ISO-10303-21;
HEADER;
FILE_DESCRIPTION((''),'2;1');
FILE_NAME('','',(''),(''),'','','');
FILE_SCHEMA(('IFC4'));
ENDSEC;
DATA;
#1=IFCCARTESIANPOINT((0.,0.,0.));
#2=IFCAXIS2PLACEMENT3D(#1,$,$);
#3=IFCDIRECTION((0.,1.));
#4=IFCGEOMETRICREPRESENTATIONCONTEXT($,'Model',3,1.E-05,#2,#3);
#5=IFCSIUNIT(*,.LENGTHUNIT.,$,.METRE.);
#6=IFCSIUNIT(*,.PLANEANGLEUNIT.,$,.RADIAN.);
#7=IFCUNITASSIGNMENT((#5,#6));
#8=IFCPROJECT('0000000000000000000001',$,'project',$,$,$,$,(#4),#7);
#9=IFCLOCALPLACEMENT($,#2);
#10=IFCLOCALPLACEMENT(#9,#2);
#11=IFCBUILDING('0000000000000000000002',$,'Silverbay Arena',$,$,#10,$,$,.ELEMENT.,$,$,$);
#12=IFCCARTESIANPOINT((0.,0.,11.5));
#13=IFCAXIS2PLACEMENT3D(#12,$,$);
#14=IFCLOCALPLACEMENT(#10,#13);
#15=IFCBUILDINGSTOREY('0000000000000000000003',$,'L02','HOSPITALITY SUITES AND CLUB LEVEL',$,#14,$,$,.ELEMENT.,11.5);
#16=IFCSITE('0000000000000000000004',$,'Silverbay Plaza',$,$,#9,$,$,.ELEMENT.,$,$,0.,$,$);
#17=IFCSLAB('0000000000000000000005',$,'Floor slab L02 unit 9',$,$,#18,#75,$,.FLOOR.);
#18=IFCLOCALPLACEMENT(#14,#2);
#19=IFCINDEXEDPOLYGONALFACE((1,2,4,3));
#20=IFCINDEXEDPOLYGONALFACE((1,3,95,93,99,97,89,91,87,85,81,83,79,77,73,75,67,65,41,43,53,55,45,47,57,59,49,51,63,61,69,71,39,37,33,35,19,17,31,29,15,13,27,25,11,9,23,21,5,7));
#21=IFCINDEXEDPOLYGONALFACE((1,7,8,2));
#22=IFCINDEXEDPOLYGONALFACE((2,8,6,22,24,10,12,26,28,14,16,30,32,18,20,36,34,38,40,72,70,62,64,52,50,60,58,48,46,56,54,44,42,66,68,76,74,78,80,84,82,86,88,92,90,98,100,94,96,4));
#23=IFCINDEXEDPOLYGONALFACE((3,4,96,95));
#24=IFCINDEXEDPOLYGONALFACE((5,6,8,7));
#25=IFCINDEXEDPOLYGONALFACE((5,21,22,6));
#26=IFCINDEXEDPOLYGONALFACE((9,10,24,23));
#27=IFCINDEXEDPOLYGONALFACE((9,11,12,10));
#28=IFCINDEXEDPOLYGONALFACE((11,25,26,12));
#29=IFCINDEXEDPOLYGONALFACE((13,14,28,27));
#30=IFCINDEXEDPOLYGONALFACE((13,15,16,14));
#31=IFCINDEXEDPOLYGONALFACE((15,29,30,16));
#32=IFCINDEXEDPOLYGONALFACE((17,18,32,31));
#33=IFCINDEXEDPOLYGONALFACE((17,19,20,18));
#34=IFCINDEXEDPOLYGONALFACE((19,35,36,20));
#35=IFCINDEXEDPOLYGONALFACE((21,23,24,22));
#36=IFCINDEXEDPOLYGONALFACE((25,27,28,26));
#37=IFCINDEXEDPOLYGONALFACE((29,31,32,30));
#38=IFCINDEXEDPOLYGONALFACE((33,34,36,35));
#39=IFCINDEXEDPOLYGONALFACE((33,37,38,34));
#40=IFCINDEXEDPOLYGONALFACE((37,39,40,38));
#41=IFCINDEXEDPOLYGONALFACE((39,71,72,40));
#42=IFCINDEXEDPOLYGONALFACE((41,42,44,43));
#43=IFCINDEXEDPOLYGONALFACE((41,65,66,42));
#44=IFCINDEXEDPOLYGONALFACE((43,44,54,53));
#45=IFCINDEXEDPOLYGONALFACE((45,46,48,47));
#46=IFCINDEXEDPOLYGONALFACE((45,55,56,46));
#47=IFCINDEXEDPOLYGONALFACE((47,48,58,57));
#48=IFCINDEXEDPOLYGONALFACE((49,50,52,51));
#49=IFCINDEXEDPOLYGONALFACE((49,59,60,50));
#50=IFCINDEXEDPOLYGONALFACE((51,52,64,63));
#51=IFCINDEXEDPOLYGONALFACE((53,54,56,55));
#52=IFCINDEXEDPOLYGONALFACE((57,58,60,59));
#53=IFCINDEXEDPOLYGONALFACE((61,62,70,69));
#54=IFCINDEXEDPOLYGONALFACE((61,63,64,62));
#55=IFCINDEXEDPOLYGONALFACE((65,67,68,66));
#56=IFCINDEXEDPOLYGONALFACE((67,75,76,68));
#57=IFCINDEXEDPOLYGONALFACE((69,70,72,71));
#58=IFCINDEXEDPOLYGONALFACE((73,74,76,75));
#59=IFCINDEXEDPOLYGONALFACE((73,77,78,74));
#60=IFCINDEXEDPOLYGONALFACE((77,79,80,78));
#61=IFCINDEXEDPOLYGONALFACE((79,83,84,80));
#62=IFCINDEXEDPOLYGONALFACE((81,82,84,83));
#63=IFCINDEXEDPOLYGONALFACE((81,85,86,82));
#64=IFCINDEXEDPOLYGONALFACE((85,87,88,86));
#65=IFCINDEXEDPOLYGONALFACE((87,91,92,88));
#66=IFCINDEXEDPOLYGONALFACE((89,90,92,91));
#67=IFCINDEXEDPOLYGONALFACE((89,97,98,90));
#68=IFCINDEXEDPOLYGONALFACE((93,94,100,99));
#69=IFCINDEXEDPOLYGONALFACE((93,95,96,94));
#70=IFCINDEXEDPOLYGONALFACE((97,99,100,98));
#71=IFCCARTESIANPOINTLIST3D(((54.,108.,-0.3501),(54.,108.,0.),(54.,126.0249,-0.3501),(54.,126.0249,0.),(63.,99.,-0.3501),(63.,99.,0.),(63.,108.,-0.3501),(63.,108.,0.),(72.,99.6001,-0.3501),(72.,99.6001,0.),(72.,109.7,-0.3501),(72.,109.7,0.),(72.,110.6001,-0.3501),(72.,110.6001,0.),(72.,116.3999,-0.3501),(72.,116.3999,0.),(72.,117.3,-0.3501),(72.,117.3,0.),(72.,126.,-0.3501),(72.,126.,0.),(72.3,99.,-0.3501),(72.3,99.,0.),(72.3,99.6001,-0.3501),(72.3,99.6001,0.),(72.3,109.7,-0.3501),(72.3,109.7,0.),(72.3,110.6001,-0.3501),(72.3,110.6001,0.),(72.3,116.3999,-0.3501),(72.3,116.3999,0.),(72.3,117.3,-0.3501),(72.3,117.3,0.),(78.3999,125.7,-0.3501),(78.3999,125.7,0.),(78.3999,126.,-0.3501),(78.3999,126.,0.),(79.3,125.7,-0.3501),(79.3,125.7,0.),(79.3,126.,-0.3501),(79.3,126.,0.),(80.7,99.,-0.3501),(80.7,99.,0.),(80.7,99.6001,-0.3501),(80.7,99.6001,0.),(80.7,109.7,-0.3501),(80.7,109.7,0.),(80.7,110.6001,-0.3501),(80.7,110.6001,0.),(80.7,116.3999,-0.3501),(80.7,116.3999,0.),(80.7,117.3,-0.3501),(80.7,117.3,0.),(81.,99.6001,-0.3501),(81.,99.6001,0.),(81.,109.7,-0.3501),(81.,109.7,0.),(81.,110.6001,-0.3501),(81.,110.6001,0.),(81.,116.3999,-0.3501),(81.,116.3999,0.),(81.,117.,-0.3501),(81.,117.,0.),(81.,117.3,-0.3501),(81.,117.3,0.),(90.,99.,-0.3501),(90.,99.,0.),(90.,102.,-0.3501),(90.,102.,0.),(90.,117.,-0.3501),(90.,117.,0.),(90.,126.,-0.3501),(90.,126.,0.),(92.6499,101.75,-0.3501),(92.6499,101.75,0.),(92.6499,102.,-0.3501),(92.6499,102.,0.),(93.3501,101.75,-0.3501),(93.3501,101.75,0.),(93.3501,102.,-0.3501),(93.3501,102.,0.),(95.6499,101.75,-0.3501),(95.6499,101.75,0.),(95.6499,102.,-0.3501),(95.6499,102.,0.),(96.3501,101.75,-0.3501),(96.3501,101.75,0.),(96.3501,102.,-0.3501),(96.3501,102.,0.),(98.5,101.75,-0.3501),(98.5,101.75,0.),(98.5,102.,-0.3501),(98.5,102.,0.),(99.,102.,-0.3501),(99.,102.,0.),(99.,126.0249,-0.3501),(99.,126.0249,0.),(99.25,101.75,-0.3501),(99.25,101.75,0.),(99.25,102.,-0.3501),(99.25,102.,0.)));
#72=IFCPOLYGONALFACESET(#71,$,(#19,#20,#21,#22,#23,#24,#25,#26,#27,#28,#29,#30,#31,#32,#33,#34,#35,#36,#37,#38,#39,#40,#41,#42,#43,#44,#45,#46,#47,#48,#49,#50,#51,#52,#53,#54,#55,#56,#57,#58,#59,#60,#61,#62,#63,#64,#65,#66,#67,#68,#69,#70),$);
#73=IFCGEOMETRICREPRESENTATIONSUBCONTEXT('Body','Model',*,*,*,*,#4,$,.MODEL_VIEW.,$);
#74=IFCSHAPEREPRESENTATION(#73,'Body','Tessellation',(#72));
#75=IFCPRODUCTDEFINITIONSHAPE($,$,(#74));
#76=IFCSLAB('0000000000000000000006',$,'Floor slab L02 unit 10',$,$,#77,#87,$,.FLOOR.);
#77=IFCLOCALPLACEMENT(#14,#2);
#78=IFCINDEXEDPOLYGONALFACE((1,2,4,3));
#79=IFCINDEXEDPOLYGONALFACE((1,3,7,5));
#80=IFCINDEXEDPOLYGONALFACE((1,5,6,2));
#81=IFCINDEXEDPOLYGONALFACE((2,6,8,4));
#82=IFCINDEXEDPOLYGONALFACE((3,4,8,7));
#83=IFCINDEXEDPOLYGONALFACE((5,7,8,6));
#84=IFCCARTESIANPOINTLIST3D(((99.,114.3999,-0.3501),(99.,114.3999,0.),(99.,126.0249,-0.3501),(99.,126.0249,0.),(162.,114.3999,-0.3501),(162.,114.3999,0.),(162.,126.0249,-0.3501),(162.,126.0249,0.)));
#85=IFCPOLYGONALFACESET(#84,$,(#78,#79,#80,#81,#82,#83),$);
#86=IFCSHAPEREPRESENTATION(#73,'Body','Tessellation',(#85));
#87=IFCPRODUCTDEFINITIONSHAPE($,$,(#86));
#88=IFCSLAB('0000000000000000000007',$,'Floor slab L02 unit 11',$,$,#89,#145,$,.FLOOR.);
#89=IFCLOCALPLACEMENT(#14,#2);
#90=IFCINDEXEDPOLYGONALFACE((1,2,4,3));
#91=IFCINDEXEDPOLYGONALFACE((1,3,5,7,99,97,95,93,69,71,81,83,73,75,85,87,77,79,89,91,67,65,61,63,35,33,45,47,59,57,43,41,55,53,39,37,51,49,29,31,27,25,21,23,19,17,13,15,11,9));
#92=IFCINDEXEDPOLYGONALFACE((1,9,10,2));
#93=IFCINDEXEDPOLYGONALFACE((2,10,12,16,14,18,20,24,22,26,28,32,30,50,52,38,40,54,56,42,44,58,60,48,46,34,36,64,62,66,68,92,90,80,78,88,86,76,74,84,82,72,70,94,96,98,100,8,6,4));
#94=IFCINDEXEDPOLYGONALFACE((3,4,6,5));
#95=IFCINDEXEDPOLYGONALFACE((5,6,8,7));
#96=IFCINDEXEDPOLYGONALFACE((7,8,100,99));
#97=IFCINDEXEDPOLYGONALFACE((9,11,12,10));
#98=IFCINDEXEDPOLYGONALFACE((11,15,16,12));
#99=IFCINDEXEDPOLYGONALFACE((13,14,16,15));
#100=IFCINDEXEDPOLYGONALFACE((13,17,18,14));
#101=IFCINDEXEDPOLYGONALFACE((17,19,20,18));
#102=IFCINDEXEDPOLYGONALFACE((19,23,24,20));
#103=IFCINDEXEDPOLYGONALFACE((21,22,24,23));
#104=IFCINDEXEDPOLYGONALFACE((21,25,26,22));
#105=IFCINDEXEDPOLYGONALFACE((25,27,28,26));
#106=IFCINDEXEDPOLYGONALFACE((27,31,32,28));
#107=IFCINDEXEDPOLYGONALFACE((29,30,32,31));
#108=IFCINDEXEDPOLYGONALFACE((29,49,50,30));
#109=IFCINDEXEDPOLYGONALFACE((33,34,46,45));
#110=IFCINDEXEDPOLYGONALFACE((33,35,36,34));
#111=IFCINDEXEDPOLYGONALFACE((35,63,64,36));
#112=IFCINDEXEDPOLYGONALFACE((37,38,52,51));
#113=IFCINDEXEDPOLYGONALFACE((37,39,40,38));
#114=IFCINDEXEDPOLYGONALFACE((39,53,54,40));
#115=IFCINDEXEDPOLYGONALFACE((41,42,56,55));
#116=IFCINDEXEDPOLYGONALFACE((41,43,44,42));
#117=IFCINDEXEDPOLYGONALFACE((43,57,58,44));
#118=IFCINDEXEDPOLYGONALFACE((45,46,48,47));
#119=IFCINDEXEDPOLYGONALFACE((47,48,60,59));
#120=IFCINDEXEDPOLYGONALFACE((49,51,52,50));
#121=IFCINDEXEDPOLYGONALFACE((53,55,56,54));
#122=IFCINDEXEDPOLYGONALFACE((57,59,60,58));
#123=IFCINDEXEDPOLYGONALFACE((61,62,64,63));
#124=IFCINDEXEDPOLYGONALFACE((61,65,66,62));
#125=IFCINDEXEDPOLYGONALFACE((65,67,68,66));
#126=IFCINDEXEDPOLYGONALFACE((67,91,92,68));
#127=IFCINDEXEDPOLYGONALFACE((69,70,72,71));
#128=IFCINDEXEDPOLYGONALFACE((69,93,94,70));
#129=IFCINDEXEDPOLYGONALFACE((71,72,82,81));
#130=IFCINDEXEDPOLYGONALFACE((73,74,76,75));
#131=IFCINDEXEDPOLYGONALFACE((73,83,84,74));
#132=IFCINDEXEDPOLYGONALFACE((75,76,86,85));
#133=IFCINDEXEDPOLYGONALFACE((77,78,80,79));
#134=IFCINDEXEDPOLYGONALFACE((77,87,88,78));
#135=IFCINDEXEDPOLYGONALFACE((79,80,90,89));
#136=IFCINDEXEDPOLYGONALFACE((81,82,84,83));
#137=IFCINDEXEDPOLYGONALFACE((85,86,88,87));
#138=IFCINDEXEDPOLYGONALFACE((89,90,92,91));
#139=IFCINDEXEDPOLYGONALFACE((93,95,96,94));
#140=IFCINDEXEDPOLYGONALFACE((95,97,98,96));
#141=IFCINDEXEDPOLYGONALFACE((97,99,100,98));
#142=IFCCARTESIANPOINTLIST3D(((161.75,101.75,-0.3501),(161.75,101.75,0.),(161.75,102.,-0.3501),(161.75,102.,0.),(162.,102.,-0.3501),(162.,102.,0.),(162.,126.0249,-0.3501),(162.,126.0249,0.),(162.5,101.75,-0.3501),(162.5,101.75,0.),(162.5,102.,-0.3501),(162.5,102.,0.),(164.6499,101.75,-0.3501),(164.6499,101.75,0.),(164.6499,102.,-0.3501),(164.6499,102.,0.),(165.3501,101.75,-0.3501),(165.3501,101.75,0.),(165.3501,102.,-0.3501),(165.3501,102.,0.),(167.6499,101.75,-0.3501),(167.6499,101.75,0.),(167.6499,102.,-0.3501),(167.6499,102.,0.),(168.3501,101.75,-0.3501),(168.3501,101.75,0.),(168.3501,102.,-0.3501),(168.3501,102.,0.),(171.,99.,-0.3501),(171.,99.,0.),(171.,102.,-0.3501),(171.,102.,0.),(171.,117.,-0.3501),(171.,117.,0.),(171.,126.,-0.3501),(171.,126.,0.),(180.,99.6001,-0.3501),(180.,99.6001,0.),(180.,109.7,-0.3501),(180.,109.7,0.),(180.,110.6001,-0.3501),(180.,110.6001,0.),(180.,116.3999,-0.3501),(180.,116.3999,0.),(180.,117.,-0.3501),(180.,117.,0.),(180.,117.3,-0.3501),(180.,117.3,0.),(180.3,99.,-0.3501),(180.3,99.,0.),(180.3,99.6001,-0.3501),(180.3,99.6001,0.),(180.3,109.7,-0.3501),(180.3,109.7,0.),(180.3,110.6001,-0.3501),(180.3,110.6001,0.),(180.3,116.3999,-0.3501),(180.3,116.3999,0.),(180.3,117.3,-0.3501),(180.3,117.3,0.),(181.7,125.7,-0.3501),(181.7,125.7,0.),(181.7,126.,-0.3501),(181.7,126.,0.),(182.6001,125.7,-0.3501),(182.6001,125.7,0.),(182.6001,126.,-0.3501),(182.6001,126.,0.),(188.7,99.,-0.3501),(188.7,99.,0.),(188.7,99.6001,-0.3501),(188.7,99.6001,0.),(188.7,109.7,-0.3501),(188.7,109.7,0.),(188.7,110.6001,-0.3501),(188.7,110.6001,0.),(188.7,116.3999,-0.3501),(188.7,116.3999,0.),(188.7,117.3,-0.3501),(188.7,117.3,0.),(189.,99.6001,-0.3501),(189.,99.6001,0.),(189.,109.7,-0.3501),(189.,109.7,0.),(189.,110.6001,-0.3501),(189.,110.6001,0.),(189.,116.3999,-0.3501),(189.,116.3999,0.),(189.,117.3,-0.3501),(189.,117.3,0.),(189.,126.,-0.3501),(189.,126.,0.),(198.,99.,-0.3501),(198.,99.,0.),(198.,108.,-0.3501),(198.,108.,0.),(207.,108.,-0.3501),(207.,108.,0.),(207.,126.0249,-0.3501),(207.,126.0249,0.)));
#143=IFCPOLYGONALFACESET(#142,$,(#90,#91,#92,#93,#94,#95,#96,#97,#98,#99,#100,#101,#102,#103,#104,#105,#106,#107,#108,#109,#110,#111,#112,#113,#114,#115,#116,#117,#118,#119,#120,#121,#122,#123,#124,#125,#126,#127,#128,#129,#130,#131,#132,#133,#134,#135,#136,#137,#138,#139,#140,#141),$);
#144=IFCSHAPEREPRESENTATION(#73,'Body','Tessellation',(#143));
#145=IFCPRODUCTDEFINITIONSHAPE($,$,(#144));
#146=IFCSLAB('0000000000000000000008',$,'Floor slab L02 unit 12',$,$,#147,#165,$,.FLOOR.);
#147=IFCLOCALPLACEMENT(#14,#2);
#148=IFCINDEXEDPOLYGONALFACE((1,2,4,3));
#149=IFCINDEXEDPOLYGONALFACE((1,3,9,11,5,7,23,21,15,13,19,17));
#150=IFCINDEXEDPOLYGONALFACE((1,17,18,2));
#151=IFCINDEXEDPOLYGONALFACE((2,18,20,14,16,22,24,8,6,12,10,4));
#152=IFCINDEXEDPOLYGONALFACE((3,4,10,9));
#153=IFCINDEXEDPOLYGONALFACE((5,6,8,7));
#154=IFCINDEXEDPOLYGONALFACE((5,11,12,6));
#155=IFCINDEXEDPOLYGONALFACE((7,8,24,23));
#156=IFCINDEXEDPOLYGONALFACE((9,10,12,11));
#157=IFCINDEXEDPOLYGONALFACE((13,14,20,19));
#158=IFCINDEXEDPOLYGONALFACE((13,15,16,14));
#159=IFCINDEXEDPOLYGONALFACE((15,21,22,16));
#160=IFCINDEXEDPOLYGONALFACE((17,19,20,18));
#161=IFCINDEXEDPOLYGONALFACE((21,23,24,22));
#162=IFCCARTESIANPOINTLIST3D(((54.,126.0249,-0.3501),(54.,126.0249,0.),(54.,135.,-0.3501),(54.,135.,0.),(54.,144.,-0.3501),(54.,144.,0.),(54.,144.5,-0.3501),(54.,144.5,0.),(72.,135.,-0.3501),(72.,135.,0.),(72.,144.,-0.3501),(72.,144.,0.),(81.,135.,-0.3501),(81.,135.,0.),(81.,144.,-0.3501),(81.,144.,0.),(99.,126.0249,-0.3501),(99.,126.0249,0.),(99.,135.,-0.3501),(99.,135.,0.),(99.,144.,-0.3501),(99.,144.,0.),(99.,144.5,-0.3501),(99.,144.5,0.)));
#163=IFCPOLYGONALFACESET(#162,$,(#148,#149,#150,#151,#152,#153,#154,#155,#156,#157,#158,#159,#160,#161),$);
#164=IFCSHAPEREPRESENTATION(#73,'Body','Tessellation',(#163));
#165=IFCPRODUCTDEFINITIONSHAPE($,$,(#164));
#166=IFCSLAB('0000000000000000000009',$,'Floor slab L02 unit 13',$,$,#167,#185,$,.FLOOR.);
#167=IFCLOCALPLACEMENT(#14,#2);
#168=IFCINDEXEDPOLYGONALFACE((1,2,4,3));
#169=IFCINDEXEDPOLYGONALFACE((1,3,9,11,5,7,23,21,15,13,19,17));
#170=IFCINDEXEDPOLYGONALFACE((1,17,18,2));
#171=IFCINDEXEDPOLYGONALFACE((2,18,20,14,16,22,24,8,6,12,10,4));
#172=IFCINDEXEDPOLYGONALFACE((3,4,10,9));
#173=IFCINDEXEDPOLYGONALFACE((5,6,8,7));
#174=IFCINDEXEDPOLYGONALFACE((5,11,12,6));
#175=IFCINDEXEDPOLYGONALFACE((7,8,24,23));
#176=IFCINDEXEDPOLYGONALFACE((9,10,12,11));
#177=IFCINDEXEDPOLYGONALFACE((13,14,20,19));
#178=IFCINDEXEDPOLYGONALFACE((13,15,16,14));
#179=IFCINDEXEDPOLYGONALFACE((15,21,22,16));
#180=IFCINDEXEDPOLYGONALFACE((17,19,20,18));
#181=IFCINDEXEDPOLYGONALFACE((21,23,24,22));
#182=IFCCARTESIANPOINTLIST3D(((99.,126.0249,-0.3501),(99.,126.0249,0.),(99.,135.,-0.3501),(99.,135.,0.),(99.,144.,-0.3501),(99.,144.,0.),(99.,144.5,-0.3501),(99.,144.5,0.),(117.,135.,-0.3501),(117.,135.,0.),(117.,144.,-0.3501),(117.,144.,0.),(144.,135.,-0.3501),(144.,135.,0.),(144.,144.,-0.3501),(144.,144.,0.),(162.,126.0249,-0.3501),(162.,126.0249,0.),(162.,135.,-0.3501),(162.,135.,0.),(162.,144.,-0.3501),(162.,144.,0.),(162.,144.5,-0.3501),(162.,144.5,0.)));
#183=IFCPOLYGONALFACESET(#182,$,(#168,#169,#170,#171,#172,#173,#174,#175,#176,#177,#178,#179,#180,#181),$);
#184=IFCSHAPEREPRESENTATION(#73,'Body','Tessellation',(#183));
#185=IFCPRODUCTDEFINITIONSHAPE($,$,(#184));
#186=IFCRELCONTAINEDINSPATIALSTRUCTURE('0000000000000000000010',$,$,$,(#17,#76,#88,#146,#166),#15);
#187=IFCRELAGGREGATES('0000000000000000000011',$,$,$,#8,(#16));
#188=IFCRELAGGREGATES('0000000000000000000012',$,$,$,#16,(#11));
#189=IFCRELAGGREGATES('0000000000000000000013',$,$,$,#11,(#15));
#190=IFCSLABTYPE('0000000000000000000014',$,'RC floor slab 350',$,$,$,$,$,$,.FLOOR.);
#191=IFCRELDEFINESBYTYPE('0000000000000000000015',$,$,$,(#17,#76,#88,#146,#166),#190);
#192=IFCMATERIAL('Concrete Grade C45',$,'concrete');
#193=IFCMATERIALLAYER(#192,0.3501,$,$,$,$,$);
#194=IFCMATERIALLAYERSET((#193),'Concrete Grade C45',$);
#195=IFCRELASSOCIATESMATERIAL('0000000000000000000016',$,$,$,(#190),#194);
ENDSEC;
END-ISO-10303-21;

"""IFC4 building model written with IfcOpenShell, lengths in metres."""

from ifc_helpers import new_model, si_unit, direction, frame, origin, place, context, subcontext, project, spatial, polyline, outline, extrude, material, layer, layer_set, type_object, element, save


model = new_model("IFC4")

# Units and contexts
model_context = context("Model", 3, precision=1e-05, world=origin(), true_north=direction((0.0, 1.0)))
body_context = subcontext(model_context, "Body", "Model", "MODEL_VIEW")
ifc_project = project(units=[si_unit("LENGTHUNIT", "METRE"), si_unit("PLANEANGLEUNIT", "RADIAN")], contexts=[model_context])

# Site, building, storey
site_placement = place(None, origin())
site = spatial("IfcSite", under=ifc_project, at=site_placement, Name="Silverbay Plaza", CompositionType="ELEMENT", RefElevation=0.0)
building_placement = place(site_placement, origin())
building = spatial("IfcBuilding", under=site, at=building_placement, Name="Silverbay Arena", CompositionType="ELEMENT")
storey_placement = place(building_placement, frame((0.0, 0.0, 11.5)))
storey = spatial("IfcBuildingStorey", under=building, at=storey_placement, Name="L02", Description="HOSPITALITY SUITES AND CLUB LEVEL", CompositionType="ELEMENT", Elevation=11.5)

# Slabs
ifc_material_1 = material(Name="Concrete Grade C45", Category="concrete")
ifc_layer_1 = layer(ifc_material_1, 0.3501)
ifc_layer_set_1 = layer_set([ifc_layer_1], Name="Concrete Grade C45")
slab_type_1 = type_object("IfcSlabType", Name="RC floor slab 350", PredefinedType="FLOOR", material=ifc_layer_set_1)
slab_1_placement = place(storey_placement, frame((0.0, 0.0, -0.3501)))
element("IfcSlab", 1, at=slab_1_placement, inside=storey, type_object=slab_type_1, Name="Floor slab L02 unit 9", PredefinedType="FLOOR", context=body_context, shape_type="SweptSolid", body=[
    extrude(outline(polyline([(72.3, 99.0), (63.0, 99.0), (63.0, 108.0), (54.0, 108.0), (54.0, 126.0249), (99.0, 126.0249), (99.0, 102.0), (99.25, 102.0), (99.25, 101.75), (98.5, 101.75), (98.5, 102.0), (96.3501, 102.0), (96.3501, 101.75), (95.6499, 101.75), (95.6499, 102.0), (93.3501, 102.0), (93.3501, 101.75), (92.6499, 101.75), (92.6499, 102.0), (90.0, 102.0), (90.0, 99.0), (80.7, 99.0), (80.7, 99.6001), (81.0, 99.6001), (81.0, 109.7), (80.7, 109.7), (80.7, 110.6001), (81.0, 110.6001), (81.0, 116.3999), (80.7, 116.3999), (80.7, 117.3), (81.0, 117.3), (81.0, 117.0), (90.0, 117.0), (90.0, 126.0), (79.3, 126.0), (79.3, 125.7), (78.3999, 125.7), (78.3999, 126.0), (72.0, 126.0), (72.0, 117.3), (72.3, 117.3), (72.3, 116.3999), (72.0, 116.3999), (72.0, 110.6001), (72.3, 110.6001), (72.3, 109.7), (72.0, 109.7), (72.0, 99.6001), (72.3, 99.6001), (72.3, 99.0)])), origin(), (0.0, 0.0, 1.0), 0.3501),
])
slab_2_placement = place(storey_placement, frame((0.0, 0.0, -0.3501)))
element("IfcSlab", 2, at=slab_2_placement, inside=storey, type_object=slab_type_1, Name="Floor slab L02 unit 10", PredefinedType="FLOOR", context=body_context, shape_type="SweptSolid", body=[
    extrude(outline(polyline([(162.0, 126.0249), (162.0, 114.3999), (99.0, 114.3999), (99.0, 126.0249), (162.0, 126.0249)])), origin(), (0.0, 0.0, 1.0), 0.3501),
])
slab_3_placement = place(storey_placement, frame((0.0, 0.0, -0.3501)))
element("IfcSlab", 3, at=slab_3_placement, inside=storey, type_object=slab_type_1, Name="Floor slab L02 unit 11", PredefinedType="FLOOR", context=body_context, shape_type="SweptSolid", body=[
    extrude(outline(polyline([(180.3, 99.0), (171.0, 99.0), (171.0, 102.0), (168.3501, 102.0), (168.3501, 101.75), (167.6499, 101.75), (167.6499, 102.0), (165.3501, 102.0), (165.3501, 101.75), (164.6499, 101.75), (164.6499, 102.0), (162.5, 102.0), (162.5, 101.75), (161.75, 101.75), (161.75, 102.0), (162.0, 102.0), (162.0, 126.0249), (207.0, 126.0249), (207.0, 108.0), (198.0, 108.0), (198.0, 99.0), (188.7, 99.0), (188.7, 99.6001), (189.0, 99.6001), (189.0, 109.7), (188.7, 109.7), (188.7, 110.6001), (189.0, 110.6001), (189.0, 116.3999), (188.7, 116.3999), (188.7, 117.3), (189.0, 117.3), (189.0, 126.0), (182.6001, 126.0), (182.6001, 125.7), (181.7, 125.7), (181.7, 126.0), (171.0, 126.0), (171.0, 117.0), (180.0, 117.0), (180.0, 117.3), (180.3, 117.3), (180.3, 116.3999), (180.0, 116.3999), (180.0, 110.6001), (180.3, 110.6001), (180.3, 109.7), (180.0, 109.7), (180.0, 99.6001), (180.3, 99.6001), (180.3, 99.0)])), origin(), (0.0, 0.0, 1.0), 0.3501),
])
slab_4_placement = place(storey_placement, frame((0.0, 0.0, -0.3501)))
element("IfcSlab", 4, at=slab_4_placement, inside=storey, type_object=slab_type_1, Name="Floor slab L02 unit 12", PredefinedType="FLOOR", context=body_context, shape_type="SweptSolid", body=[
    extrude(outline(polyline([(99.0, 126.0249), (54.0, 126.0249), (54.0, 135.0), (72.0, 135.0), (72.0, 144.0), (54.0, 144.0), (54.0, 144.5), (99.0, 144.5), (99.0, 144.0), (81.0, 144.0), (81.0, 135.0), (99.0, 135.0), (99.0, 126.0249)])), origin(), (0.0, 0.0, 1.0), 0.3501),
])
slab_5_placement = place(storey_placement, frame((0.0, 0.0, -0.3501)))
element("IfcSlab", 5, at=slab_5_placement, inside=storey, type_object=slab_type_1, Name="Floor slab L02 unit 13", PredefinedType="FLOOR", context=body_context, shape_type="SweptSolid", body=[
    extrude(outline(polyline([(117.0, 135.0), (117.0, 144.0), (99.0, 144.0), (99.0, 144.5), (162.0, 144.5), (162.0, 144.0), (144.0, 144.0), (144.0, 135.0), (162.0, 135.0), (162.0, 126.0249), (99.0, 126.0249), (99.0, 135.0), (117.0, 135.0)])), origin(), (0.0, 0.0, 1.0), 0.3501),
])

save(model, "model.ifc")
